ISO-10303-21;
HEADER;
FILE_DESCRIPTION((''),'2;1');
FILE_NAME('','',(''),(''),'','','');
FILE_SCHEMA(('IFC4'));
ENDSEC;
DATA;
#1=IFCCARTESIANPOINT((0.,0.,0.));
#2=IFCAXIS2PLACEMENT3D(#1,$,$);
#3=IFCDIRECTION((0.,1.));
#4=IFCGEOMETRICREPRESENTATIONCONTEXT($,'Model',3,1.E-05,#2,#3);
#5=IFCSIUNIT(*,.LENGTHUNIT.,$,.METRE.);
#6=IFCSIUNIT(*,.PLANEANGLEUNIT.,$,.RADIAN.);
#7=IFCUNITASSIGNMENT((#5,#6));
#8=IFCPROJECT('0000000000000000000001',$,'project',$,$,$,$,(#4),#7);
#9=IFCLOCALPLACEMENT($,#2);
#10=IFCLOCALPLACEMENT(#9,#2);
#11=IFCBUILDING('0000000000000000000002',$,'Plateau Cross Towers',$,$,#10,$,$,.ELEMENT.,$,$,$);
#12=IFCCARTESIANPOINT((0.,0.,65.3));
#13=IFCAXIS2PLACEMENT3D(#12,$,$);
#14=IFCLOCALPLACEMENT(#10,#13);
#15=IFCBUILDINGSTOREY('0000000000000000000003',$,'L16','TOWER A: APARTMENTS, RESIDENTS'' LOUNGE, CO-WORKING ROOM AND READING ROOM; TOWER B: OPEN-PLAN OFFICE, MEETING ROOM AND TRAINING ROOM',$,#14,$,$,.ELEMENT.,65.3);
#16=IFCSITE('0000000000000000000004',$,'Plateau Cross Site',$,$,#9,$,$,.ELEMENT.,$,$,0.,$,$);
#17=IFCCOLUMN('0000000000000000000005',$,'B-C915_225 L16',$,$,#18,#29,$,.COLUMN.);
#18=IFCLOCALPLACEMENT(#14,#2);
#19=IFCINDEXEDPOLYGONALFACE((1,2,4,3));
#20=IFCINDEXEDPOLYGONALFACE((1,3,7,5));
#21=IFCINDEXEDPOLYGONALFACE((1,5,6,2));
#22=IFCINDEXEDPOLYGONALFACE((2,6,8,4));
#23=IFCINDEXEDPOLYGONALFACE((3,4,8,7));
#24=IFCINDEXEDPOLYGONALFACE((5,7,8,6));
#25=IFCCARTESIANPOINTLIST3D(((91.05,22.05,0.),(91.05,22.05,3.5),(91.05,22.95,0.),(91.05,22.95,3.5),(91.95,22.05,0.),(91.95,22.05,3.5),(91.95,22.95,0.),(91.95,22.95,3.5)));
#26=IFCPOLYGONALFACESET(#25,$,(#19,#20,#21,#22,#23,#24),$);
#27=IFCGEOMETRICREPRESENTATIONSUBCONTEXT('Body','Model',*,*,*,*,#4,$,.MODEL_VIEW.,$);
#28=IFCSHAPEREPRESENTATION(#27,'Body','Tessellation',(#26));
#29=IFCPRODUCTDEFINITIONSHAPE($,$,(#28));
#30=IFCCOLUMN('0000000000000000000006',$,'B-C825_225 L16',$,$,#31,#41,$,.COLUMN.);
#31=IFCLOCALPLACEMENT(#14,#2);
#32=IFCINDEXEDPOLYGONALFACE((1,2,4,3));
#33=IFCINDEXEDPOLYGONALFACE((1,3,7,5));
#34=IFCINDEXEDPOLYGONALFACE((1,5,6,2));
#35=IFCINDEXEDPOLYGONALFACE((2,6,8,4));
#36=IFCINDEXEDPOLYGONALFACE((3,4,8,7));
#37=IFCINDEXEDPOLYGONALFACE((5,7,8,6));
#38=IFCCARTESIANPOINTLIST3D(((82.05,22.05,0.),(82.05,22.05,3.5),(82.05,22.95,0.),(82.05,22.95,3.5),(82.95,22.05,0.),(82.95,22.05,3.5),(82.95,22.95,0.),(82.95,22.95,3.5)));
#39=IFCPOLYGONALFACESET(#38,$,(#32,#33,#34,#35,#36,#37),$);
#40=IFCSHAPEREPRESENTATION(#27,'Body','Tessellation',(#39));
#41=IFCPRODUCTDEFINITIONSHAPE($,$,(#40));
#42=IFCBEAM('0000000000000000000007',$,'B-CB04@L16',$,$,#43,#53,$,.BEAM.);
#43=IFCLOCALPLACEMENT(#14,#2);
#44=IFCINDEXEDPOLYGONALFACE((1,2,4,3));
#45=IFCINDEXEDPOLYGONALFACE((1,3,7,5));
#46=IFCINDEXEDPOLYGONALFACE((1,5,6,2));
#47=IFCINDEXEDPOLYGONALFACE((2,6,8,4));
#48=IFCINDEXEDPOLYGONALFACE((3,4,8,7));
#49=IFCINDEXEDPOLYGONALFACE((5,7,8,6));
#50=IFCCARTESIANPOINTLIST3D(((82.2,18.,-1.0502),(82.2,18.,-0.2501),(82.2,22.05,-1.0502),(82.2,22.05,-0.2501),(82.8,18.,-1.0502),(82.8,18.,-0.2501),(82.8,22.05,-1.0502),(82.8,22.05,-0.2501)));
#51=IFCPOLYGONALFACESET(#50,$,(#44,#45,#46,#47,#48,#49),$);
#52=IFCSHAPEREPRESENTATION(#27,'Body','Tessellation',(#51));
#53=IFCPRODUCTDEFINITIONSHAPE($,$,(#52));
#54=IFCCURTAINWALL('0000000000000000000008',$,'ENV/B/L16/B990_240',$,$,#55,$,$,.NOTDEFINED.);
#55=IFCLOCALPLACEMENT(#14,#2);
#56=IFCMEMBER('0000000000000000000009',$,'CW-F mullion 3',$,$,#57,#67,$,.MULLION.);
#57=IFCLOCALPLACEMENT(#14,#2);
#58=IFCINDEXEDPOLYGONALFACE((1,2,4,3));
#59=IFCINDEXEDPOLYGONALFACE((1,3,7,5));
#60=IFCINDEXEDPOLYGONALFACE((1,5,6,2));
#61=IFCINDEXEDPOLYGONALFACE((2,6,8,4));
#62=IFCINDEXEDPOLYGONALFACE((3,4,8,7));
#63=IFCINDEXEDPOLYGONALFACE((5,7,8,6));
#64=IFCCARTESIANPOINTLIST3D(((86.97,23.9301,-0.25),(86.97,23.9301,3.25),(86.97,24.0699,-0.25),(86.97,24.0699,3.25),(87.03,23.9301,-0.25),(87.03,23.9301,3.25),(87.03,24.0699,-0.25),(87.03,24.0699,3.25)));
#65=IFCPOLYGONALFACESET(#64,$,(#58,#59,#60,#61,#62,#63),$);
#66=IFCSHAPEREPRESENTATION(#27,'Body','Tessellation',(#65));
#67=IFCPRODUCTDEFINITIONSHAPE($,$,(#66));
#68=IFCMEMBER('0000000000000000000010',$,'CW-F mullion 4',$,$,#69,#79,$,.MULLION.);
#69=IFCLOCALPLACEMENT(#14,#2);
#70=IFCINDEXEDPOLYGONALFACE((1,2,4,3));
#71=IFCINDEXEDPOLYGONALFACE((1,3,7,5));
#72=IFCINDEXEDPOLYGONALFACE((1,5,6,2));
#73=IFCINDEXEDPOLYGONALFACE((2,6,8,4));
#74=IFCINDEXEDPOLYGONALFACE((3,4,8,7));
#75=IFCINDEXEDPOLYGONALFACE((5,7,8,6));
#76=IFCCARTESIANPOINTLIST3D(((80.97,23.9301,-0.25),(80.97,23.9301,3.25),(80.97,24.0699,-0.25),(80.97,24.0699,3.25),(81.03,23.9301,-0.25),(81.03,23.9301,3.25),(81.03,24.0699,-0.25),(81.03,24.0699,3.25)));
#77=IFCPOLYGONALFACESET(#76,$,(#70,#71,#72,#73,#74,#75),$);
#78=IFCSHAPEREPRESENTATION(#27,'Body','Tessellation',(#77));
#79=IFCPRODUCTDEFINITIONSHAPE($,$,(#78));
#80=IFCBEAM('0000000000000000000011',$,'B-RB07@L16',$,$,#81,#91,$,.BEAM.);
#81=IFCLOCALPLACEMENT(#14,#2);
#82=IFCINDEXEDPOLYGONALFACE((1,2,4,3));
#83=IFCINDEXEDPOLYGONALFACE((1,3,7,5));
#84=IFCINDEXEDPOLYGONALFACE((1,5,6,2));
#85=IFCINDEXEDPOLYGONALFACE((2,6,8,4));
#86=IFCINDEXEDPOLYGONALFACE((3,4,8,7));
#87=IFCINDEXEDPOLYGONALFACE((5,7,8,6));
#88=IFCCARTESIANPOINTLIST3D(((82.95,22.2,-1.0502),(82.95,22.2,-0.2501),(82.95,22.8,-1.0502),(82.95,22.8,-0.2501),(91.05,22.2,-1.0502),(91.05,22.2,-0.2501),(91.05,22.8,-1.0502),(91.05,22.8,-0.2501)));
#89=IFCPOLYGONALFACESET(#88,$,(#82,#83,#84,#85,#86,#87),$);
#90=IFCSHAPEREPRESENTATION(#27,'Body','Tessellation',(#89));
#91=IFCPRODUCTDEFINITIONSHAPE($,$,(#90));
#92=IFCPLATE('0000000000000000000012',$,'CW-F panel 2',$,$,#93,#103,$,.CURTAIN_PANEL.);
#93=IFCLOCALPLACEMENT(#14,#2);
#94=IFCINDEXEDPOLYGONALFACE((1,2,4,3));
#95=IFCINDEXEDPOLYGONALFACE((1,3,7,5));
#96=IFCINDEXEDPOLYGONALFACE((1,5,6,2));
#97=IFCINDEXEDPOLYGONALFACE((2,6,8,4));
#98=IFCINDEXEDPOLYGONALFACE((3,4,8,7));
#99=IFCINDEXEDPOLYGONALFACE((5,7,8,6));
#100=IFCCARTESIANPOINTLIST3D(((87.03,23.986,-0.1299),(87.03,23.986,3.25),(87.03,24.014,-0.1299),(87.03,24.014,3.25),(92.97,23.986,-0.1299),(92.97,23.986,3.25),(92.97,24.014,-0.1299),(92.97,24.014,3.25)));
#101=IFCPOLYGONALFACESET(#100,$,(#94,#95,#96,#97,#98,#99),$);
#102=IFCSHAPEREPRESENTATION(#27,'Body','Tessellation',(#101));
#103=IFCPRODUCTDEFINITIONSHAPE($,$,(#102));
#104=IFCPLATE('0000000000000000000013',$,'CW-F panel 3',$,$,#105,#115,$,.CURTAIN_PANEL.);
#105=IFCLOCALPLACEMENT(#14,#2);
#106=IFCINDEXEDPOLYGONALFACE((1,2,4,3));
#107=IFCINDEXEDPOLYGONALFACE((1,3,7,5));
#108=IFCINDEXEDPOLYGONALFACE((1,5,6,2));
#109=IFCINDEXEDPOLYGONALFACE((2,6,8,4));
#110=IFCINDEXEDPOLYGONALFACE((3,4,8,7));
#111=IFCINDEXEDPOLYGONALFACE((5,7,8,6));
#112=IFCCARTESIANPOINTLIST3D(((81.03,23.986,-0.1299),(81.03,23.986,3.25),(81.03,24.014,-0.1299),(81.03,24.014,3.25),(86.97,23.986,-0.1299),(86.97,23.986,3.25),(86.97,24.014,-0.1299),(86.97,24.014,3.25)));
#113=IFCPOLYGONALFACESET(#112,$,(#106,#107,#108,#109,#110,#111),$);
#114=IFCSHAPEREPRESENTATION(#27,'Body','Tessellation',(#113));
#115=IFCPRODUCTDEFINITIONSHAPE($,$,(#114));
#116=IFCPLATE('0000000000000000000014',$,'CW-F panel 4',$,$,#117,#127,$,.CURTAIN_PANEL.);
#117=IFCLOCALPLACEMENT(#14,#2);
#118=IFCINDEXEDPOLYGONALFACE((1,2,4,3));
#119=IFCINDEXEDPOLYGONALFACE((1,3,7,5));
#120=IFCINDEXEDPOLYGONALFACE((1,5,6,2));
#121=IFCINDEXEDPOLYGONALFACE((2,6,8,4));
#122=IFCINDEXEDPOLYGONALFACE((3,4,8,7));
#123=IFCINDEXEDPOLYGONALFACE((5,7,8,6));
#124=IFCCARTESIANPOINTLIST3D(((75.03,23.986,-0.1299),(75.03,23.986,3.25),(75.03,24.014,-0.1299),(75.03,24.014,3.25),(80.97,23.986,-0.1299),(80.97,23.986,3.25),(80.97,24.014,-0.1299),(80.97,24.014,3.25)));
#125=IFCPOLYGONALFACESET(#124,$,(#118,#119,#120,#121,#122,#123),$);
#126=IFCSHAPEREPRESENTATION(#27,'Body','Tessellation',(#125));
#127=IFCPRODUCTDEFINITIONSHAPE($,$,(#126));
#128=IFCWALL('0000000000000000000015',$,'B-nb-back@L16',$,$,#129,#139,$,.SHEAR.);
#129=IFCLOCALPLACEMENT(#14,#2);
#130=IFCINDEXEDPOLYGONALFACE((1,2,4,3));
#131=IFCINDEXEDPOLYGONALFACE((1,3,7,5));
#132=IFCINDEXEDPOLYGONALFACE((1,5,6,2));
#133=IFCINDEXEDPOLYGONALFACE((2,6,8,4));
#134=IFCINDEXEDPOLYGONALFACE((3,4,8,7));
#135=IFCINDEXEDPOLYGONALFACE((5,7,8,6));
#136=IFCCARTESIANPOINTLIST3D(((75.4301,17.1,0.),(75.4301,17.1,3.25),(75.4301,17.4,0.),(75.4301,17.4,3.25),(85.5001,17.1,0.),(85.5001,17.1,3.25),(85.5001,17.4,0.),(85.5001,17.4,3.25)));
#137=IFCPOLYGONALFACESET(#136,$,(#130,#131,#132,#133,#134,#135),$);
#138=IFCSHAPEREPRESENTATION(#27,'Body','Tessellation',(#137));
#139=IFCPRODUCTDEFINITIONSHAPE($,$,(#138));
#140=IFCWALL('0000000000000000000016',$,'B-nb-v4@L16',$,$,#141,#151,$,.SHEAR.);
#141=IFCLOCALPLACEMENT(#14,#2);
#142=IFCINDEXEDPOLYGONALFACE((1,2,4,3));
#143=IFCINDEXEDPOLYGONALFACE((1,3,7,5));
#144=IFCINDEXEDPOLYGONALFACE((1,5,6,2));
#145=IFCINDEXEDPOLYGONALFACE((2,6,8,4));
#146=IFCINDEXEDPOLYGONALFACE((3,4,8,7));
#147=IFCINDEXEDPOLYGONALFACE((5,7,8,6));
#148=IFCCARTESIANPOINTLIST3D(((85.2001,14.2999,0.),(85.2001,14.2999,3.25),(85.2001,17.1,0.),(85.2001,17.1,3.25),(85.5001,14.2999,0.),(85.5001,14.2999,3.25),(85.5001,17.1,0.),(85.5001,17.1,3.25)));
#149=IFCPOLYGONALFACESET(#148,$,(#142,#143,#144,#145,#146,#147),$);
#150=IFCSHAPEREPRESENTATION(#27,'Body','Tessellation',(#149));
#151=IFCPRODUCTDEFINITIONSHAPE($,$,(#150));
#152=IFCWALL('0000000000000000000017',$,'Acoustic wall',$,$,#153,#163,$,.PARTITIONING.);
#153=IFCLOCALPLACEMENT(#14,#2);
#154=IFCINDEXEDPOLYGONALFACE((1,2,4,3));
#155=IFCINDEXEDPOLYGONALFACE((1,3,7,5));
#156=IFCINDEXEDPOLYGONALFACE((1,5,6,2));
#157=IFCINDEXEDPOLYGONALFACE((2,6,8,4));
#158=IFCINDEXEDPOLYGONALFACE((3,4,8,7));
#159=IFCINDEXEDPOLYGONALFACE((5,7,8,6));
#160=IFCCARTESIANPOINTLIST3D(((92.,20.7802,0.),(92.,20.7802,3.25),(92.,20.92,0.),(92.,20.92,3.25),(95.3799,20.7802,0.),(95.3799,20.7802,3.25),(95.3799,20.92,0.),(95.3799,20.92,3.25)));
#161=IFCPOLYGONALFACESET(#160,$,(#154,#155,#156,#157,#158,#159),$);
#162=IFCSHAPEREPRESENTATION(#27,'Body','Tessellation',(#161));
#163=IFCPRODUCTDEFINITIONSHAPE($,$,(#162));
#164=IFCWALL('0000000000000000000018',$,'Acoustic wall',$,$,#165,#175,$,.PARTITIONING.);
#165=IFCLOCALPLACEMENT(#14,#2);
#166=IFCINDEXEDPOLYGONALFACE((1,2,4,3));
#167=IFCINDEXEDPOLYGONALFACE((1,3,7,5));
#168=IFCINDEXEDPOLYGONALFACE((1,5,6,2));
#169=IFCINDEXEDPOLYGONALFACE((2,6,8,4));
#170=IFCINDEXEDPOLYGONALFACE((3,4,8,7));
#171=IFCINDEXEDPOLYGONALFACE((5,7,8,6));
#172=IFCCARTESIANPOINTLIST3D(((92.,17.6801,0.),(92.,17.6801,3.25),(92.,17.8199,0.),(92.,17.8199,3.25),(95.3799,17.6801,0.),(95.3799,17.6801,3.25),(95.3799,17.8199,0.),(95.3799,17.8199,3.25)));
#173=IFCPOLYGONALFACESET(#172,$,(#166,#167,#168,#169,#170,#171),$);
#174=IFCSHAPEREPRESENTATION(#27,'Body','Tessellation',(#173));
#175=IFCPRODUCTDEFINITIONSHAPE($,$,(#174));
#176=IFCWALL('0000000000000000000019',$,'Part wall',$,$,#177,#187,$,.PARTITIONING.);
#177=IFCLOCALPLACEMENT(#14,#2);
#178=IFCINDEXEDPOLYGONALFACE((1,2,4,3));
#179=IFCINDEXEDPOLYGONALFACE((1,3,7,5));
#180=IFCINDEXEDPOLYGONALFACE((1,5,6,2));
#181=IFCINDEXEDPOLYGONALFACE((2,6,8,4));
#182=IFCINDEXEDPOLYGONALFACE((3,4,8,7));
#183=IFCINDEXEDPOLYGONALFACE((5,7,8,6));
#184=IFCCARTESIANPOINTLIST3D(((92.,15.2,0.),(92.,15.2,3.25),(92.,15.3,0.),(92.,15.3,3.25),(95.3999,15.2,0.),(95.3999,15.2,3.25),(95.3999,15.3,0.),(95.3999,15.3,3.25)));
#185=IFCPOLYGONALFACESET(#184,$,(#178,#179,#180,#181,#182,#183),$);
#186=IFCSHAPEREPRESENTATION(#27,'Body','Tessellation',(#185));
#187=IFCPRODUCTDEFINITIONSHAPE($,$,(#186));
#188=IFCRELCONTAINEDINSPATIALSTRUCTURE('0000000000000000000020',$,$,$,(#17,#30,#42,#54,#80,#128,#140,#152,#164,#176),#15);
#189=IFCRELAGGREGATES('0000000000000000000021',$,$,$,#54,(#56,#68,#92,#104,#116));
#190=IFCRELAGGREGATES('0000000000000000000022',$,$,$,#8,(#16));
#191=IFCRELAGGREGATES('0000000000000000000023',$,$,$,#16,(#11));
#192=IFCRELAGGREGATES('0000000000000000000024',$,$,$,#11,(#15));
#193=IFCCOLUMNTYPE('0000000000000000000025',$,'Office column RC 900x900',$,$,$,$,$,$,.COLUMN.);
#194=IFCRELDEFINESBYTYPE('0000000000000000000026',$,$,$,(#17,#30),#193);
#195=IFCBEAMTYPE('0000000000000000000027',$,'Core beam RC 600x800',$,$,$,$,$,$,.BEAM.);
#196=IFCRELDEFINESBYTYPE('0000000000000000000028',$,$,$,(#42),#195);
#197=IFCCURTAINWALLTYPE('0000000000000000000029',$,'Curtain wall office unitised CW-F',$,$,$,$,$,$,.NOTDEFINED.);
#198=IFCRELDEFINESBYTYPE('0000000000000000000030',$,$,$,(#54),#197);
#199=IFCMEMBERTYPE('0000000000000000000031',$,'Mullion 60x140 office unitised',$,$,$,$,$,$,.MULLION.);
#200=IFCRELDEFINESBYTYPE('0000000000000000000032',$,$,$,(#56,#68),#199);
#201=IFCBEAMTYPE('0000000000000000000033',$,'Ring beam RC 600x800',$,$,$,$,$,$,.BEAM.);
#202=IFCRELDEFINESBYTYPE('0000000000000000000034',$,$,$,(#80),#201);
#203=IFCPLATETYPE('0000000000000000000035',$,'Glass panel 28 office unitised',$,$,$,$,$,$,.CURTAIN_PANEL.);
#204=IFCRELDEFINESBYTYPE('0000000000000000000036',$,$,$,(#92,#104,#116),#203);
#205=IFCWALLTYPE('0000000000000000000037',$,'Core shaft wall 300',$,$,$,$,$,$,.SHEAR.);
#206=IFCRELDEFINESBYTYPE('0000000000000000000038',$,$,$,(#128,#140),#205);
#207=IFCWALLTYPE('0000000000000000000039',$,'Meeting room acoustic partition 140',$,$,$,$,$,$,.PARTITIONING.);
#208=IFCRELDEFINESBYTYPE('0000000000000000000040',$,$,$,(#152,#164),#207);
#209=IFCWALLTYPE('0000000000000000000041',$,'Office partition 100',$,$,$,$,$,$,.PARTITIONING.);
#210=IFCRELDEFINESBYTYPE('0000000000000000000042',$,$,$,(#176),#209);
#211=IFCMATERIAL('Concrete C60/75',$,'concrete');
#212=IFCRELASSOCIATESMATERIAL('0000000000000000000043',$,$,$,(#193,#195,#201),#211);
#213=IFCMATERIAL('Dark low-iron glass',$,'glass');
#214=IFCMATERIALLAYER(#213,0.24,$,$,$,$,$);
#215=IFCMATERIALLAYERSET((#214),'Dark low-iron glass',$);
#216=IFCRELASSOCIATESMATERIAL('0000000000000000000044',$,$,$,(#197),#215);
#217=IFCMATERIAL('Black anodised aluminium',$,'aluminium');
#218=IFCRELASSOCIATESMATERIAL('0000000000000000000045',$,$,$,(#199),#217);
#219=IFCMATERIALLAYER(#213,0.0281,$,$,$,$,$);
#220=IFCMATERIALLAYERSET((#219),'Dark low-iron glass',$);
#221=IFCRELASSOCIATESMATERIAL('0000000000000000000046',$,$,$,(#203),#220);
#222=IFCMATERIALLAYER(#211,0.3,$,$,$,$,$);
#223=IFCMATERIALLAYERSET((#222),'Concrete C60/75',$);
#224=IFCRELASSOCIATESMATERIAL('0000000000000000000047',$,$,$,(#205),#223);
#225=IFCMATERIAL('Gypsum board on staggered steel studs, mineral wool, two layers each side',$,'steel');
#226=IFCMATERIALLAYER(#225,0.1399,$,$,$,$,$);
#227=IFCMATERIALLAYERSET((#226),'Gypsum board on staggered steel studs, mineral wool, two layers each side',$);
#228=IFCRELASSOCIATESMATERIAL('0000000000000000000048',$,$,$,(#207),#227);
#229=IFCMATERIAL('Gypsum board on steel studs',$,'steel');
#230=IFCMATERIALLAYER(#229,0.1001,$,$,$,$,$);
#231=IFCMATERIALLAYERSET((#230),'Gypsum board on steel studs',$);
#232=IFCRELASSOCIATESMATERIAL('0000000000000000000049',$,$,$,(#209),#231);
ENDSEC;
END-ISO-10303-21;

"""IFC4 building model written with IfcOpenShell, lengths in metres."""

from ifc_helpers import new_model, si_unit, direction, frame, frame_2d, origin, origin_2d, place, context, subcontext, project, spatial, rectangle, extrude, material, layer, layer_set, material_profile, profile_set, type_object, element, aggregate, save


model = new_model("IFC4")

# Units and contexts
model_context = context("Model", 3, precision=1e-05, world=origin(), true_north=direction((0.0, 1.0)))
body_context = subcontext(model_context, "Body", "Model", "MODEL_VIEW")
ifc_project = project(units=[si_unit("LENGTHUNIT", "METRE"), si_unit("PLANEANGLEUNIT", "RADIAN")], contexts=[model_context])

# Site, building, storey
site_placement = place(None, origin())
site = spatial("IfcSite", under=ifc_project, at=site_placement, Name="Plateau Cross Site", CompositionType="ELEMENT", RefElevation=0.0)
building_placement = place(site_placement, origin())
building = spatial("IfcBuilding", under=site, at=building_placement, Name="Plateau Cross Towers", CompositionType="ELEMENT")
storey_placement = place(building_placement, frame((0.0, 0.0, 65.3)))
storey = spatial("IfcBuildingStorey", under=building, at=storey_placement, Name="L16", Description="TOWER A: APARTMENTS, RESIDENTS' LOUNGE, CO-WORKING ROOM AND READING ROOM; TOWER B: OPEN-PLAN OFFICE, MEETING ROOM AND TRAINING ROOM", CompositionType="ELEMENT", Elevation=65.3)

# Columns
ifc_material_1 = material(Name="Concrete C60/75", Category="concrete")
ifc_material_profile_1 = material_profile(ifc_material_1, rectangle(XDim=0.8999, YDim=0.8999, at=origin_2d()), Name="RC 900x900")
ifc_profile_set_1 = profile_set([ifc_material_profile_1], Name="Concrete C60/75")
column_type = type_object("IfcColumnType", Name="Office column RC 900x900", PredefinedType="COLUMN", material=ifc_profile_set_1)
for number, where, z_axis, x_axis, name in (
    (1, (91.5, 22.5, 0.0), (0.0, 0.0, 1.0), (1.0, 0.0, 0.0), "B-C915_225 L16"),
    (2, (82.5, 22.5, 0.0), (0.0, 0.0, 1.0), (1.0, 0.0, 0.0), "B-C825_225 L16"),
):
    element("IfcColumn", number, at=place(storey_placement, frame(where, z_axis=z_axis, x_axis=x_axis)), inside=storey, type_object=column_type, Name=name, PredefinedType="COLUMN", context=body_context, shape_type="SweptSolid", body=[
        extrude(rectangle(XDim=0.8999, YDim=0.8999, at=origin_2d()), origin(), (0.0, 0.0, 1.0), 3.5),
    ])

# Beam
ifc_material_profile_2 = material_profile(ifc_material_1, rectangle(XDim=0.6001, YDim=0.8, at=origin_2d()), Name="RC 600x800")
ifc_profile_set_2 = profile_set([ifc_material_profile_2], Name="Concrete C60/75")
beam_type_1 = type_object("IfcBeamType", Name="Core beam RC 600x800", PredefinedType="BEAM", material=ifc_profile_set_2)
beam_1_placement = place(storey_placement, frame((82.5, 18.0, -0.6501), z_axis=(0.0, 1.0, 0.0), x_axis=(-1.0, 0.0, 0.0)))
element("IfcBeam", 3, at=beam_1_placement, inside=storey, type_object=beam_type_1, Name="B-CB04@L16", PredefinedType="BEAM", context=body_context, shape_type="SweptSolid", body=[
    extrude(rectangle(XDim=0.6001, YDim=0.8, at=origin_2d()), origin(), (0.0, 0.0, 1.0), 4.05),
])

# Curtain wall, members
ifc_material_2 = material(Name="Dark low-iron glass", Category="glass")
ifc_layer_1 = layer(ifc_material_2, 0.24)
ifc_layer_set_1 = layer_set([ifc_layer_1], Name="Dark low-iron glass")
curtain_wall_type = type_object("IfcCurtainWallType", Name="Curtain wall office unitised CW-F", PredefinedType="NOTDEFINED", material=ifc_layer_set_1)
curtain_wall_placement = place(storey_placement, origin())
curtain_wall = element("IfcCurtainWall", 4, at=curtain_wall_placement, inside=storey, type_object=curtain_wall_type, Name="ENV/B/L16/B990_240", PredefinedType="NOTDEFINED")
ifc_material_3 = material(Name="Black anodised aluminium", Category="aluminium")
ifc_material_profile_3 = material_profile(ifc_material_3, rectangle(XDim=0.0601, YDim=0.1399, at=origin_2d()), Name="MULLION 60x140")
ifc_profile_set_3 = profile_set([ifc_material_profile_3], Name="Black anodised aluminium")
member_type = type_object("IfcMemberType", Name="Mullion 60x140 office unitised", PredefinedType="MULLION", material=ifc_profile_set_3)
member_1_placement = place(storey_placement, frame((87.0, 24.0, -0.25), z_axis=(0.0, 0.0, 1.0), x_axis=(-1.0, 0.0, 0.0)))
member_1 = element("IfcMember", 5, at=member_1_placement, type_object=member_type, Name="CW-F mullion 3", PredefinedType="MULLION", context=body_context, shape_type="SweptSolid", body=[
    extrude(rectangle(XDim=0.0601, YDim=0.1399, at=origin_2d()), origin(), (0.0, 0.0, 1.0), 3.5),
])
member_2_placement = place(storey_placement, frame((81.0, 24.0, -0.25), z_axis=(0.0, 0.0, 1.0), x_axis=(-1.0, 0.0, 0.0)))
member_2 = element("IfcMember", 6, at=member_2_placement, type_object=member_type, Name="CW-F mullion 4", PredefinedType="MULLION", context=body_context, shape_type="SweptSolid", body=[
    extrude(rectangle(XDim=0.0601, YDim=0.1399, at=origin_2d()), origin(), (0.0, 0.0, 1.0), 3.5),
])

# Beam
ifc_material_profile_4 = material_profile(ifc_material_1, rectangle(XDim=0.6001, YDim=0.8, at=origin_2d()), Name="RC 600x800")
ifc_profile_set_4 = profile_set([ifc_material_profile_4], Name="Concrete C60/75")
beam_type_2 = type_object("IfcBeamType", Name="Ring beam RC 600x800", PredefinedType="BEAM", material=ifc_profile_set_4)
beam_2_placement = place(storey_placement, frame((91.05, 22.5, -0.6501), z_axis=(-1.0, 0.0, 0.0), x_axis=(0.0, -1.0, 0.0)))
element("IfcBeam", 7, at=beam_2_placement, inside=storey, type_object=beam_type_2, Name="B-RB07@L16", PredefinedType="BEAM", context=body_context, shape_type="SweptSolid", body=[
    extrude(rectangle(XDim=0.6001, YDim=0.8, at=origin_2d()), origin(), (0.0, 0.0, 1.0), 8.1001),
])

# Plates
ifc_layer_2 = layer(ifc_material_2, 0.0281)
ifc_layer_set_2 = layer_set([ifc_layer_2], Name="Dark low-iron glass")
plate_type = type_object("IfcPlateType", Name="Glass panel 28 office unitised", PredefinedType="CURTAIN_PANEL", material=ifc_layer_set_2)
plate_1_placement = place(storey_placement, frame((90.0, 24.0, -0.1299), z_axis=(0.0, 0.0, 1.0), x_axis=(-1.0, 0.0, 0.0)))
plate_1 = element("IfcPlate", 8, at=plate_1_placement, type_object=plate_type, Name="CW-F panel 2", PredefinedType="CURTAIN_PANEL", context=body_context, shape_type="SweptSolid", body=[
    extrude(rectangle(XDim=5.9399, YDim=0.0281, at=origin_2d()), origin(), (0.0, 0.0, 1.0), 3.3799),
])
plate_2_placement = place(storey_placement, frame((84.0, 24.0, -0.1299), z_axis=(0.0, 0.0, 1.0), x_axis=(-1.0, 0.0, 0.0)))
plate_2 = element("IfcPlate", 9, at=plate_2_placement, type_object=plate_type, Name="CW-F panel 3", PredefinedType="CURTAIN_PANEL", context=body_context, shape_type="SweptSolid", body=[
    extrude(rectangle(XDim=5.9399, YDim=0.0281, at=origin_2d()), origin(), (0.0, 0.0, 1.0), 3.3799),
])
plate_3_placement = place(storey_placement, frame((78.0, 24.0, -0.1299), z_axis=(0.0, 0.0, 1.0), x_axis=(-1.0, 0.0, 0.0)))
plate_3 = element("IfcPlate", 10, at=plate_3_placement, type_object=plate_type, Name="CW-F panel 4", PredefinedType="CURTAIN_PANEL", context=body_context, shape_type="SweptSolid", body=[
    extrude(rectangle(XDim=5.9399, YDim=0.0281, at=origin_2d()), origin(), (0.0, 0.0, 1.0), 3.3799),
])
aggregate(curtain_wall, [member_1, member_2, plate_1, plate_2, plate_3])

# Walls
ifc_layer_3 = layer(ifc_material_1, 0.3)
ifc_layer_set_3 = layer_set([ifc_layer_3], Name="Concrete C60/75")
wall_type_1 = type_object("IfcWallType", Name="Core shaft wall 300", PredefinedType="SHEAR", material=ifc_layer_set_3)
wall_1_placement = place(storey_placement, frame((75.4299, 17.25, 0.0), z_axis=(0.0, 0.0, 1.0), x_axis=(1.0, 0.0, 0.0)))
element("IfcWall", 11, at=wall_1_placement, inside=storey, type_object=wall_type_1, Name="B-nb-back@L16", PredefinedType="SHEAR", context=body_context, shape_type="SweptSolid", body=[
    extrude(rectangle(XDim=10.0701, YDim=0.3, at=frame_2d((5.0352, 0.0))), origin(), (0.0, 0.0, 1.0), 3.25),
])
wall_2_placement = place(storey_placement, frame((85.3501, 14.3, 0.0), z_axis=(0.0, 0.0, 1.0), x_axis=(0.0, 1.0, 0.0)))
element("IfcWall", 12, at=wall_2_placement, inside=storey, type_object=wall_type_1, Name="B-nb-v4@L16", PredefinedType="SHEAR", context=body_context, shape_type="SweptSolid", body=[
    extrude(rectangle(XDim=2.8, YDim=0.3, at=frame_2d((1.3999, 0.0))), origin(), (0.0, 0.0, 1.0), 3.25),
])
ifc_material_4 = material(Name="Gypsum board on staggered steel studs, mineral wool, two layers each side", Category="steel")
ifc_layer_4 = layer(ifc_material_4, 0.1399)
ifc_layer_set_4 = layer_set([ifc_layer_4], Name="Gypsum board on staggered steel studs, mineral wool, two layers each side")
wall_type_2 = type_object("IfcWallType", Name="Meeting room acoustic partition 140", PredefinedType="PARTITIONING", material=ifc_layer_set_4)
for number, where, z_axis, x_axis, name in (
    (13, (92.0, 20.8501, 0.0), (0.0, 0.0, 1.0), (1.0, 0.0, 0.0), "Acoustic wall"),
    (14, (92.0, 17.75, 0.0), (0.0, 0.0, 1.0), (1.0, 0.0, 0.0), "Acoustic wall"),
):
    element("IfcWall", number, at=place(storey_placement, frame(where, z_axis=z_axis, x_axis=x_axis)), inside=storey, type_object=wall_type_2, Name=name, PredefinedType="PARTITIONING", context=body_context, shape_type="SweptSolid", body=[
        extrude(rectangle(XDim=3.3799, YDim=0.1399, at=frame_2d((1.6899, 0.0))), origin(), (0.0, 0.0, 1.0), 3.25),
    ])

# Wall
ifc_material_5 = material(Name="Gypsum board on steel studs", Category="steel")
ifc_layer_5 = layer(ifc_material_5, 0.1001)
ifc_layer_set_5 = layer_set([ifc_layer_5], Name="Gypsum board on steel studs")
wall_type_3 = type_object("IfcWallType", Name="Office partition 100", PredefinedType="PARTITIONING", material=ifc_layer_set_5)
wall_3_placement = place(storey_placement, frame((92.0, 15.25, 0.0), z_axis=(0.0, 0.0, 1.0), x_axis=(1.0, 0.0, 0.0)))
element("IfcWall", 15, at=wall_3_placement, inside=storey, type_object=wall_type_3, Name="Part wall", PredefinedType="PARTITIONING", context=body_context, shape_type="SweptSolid", body=[
    extrude(rectangle(XDim=3.3999, YDim=0.1001, at=frame_2d((1.7, 0.0))), origin(), (0.0, 0.0, 1.0), 3.25),
])

save(model, "model.ifc")
